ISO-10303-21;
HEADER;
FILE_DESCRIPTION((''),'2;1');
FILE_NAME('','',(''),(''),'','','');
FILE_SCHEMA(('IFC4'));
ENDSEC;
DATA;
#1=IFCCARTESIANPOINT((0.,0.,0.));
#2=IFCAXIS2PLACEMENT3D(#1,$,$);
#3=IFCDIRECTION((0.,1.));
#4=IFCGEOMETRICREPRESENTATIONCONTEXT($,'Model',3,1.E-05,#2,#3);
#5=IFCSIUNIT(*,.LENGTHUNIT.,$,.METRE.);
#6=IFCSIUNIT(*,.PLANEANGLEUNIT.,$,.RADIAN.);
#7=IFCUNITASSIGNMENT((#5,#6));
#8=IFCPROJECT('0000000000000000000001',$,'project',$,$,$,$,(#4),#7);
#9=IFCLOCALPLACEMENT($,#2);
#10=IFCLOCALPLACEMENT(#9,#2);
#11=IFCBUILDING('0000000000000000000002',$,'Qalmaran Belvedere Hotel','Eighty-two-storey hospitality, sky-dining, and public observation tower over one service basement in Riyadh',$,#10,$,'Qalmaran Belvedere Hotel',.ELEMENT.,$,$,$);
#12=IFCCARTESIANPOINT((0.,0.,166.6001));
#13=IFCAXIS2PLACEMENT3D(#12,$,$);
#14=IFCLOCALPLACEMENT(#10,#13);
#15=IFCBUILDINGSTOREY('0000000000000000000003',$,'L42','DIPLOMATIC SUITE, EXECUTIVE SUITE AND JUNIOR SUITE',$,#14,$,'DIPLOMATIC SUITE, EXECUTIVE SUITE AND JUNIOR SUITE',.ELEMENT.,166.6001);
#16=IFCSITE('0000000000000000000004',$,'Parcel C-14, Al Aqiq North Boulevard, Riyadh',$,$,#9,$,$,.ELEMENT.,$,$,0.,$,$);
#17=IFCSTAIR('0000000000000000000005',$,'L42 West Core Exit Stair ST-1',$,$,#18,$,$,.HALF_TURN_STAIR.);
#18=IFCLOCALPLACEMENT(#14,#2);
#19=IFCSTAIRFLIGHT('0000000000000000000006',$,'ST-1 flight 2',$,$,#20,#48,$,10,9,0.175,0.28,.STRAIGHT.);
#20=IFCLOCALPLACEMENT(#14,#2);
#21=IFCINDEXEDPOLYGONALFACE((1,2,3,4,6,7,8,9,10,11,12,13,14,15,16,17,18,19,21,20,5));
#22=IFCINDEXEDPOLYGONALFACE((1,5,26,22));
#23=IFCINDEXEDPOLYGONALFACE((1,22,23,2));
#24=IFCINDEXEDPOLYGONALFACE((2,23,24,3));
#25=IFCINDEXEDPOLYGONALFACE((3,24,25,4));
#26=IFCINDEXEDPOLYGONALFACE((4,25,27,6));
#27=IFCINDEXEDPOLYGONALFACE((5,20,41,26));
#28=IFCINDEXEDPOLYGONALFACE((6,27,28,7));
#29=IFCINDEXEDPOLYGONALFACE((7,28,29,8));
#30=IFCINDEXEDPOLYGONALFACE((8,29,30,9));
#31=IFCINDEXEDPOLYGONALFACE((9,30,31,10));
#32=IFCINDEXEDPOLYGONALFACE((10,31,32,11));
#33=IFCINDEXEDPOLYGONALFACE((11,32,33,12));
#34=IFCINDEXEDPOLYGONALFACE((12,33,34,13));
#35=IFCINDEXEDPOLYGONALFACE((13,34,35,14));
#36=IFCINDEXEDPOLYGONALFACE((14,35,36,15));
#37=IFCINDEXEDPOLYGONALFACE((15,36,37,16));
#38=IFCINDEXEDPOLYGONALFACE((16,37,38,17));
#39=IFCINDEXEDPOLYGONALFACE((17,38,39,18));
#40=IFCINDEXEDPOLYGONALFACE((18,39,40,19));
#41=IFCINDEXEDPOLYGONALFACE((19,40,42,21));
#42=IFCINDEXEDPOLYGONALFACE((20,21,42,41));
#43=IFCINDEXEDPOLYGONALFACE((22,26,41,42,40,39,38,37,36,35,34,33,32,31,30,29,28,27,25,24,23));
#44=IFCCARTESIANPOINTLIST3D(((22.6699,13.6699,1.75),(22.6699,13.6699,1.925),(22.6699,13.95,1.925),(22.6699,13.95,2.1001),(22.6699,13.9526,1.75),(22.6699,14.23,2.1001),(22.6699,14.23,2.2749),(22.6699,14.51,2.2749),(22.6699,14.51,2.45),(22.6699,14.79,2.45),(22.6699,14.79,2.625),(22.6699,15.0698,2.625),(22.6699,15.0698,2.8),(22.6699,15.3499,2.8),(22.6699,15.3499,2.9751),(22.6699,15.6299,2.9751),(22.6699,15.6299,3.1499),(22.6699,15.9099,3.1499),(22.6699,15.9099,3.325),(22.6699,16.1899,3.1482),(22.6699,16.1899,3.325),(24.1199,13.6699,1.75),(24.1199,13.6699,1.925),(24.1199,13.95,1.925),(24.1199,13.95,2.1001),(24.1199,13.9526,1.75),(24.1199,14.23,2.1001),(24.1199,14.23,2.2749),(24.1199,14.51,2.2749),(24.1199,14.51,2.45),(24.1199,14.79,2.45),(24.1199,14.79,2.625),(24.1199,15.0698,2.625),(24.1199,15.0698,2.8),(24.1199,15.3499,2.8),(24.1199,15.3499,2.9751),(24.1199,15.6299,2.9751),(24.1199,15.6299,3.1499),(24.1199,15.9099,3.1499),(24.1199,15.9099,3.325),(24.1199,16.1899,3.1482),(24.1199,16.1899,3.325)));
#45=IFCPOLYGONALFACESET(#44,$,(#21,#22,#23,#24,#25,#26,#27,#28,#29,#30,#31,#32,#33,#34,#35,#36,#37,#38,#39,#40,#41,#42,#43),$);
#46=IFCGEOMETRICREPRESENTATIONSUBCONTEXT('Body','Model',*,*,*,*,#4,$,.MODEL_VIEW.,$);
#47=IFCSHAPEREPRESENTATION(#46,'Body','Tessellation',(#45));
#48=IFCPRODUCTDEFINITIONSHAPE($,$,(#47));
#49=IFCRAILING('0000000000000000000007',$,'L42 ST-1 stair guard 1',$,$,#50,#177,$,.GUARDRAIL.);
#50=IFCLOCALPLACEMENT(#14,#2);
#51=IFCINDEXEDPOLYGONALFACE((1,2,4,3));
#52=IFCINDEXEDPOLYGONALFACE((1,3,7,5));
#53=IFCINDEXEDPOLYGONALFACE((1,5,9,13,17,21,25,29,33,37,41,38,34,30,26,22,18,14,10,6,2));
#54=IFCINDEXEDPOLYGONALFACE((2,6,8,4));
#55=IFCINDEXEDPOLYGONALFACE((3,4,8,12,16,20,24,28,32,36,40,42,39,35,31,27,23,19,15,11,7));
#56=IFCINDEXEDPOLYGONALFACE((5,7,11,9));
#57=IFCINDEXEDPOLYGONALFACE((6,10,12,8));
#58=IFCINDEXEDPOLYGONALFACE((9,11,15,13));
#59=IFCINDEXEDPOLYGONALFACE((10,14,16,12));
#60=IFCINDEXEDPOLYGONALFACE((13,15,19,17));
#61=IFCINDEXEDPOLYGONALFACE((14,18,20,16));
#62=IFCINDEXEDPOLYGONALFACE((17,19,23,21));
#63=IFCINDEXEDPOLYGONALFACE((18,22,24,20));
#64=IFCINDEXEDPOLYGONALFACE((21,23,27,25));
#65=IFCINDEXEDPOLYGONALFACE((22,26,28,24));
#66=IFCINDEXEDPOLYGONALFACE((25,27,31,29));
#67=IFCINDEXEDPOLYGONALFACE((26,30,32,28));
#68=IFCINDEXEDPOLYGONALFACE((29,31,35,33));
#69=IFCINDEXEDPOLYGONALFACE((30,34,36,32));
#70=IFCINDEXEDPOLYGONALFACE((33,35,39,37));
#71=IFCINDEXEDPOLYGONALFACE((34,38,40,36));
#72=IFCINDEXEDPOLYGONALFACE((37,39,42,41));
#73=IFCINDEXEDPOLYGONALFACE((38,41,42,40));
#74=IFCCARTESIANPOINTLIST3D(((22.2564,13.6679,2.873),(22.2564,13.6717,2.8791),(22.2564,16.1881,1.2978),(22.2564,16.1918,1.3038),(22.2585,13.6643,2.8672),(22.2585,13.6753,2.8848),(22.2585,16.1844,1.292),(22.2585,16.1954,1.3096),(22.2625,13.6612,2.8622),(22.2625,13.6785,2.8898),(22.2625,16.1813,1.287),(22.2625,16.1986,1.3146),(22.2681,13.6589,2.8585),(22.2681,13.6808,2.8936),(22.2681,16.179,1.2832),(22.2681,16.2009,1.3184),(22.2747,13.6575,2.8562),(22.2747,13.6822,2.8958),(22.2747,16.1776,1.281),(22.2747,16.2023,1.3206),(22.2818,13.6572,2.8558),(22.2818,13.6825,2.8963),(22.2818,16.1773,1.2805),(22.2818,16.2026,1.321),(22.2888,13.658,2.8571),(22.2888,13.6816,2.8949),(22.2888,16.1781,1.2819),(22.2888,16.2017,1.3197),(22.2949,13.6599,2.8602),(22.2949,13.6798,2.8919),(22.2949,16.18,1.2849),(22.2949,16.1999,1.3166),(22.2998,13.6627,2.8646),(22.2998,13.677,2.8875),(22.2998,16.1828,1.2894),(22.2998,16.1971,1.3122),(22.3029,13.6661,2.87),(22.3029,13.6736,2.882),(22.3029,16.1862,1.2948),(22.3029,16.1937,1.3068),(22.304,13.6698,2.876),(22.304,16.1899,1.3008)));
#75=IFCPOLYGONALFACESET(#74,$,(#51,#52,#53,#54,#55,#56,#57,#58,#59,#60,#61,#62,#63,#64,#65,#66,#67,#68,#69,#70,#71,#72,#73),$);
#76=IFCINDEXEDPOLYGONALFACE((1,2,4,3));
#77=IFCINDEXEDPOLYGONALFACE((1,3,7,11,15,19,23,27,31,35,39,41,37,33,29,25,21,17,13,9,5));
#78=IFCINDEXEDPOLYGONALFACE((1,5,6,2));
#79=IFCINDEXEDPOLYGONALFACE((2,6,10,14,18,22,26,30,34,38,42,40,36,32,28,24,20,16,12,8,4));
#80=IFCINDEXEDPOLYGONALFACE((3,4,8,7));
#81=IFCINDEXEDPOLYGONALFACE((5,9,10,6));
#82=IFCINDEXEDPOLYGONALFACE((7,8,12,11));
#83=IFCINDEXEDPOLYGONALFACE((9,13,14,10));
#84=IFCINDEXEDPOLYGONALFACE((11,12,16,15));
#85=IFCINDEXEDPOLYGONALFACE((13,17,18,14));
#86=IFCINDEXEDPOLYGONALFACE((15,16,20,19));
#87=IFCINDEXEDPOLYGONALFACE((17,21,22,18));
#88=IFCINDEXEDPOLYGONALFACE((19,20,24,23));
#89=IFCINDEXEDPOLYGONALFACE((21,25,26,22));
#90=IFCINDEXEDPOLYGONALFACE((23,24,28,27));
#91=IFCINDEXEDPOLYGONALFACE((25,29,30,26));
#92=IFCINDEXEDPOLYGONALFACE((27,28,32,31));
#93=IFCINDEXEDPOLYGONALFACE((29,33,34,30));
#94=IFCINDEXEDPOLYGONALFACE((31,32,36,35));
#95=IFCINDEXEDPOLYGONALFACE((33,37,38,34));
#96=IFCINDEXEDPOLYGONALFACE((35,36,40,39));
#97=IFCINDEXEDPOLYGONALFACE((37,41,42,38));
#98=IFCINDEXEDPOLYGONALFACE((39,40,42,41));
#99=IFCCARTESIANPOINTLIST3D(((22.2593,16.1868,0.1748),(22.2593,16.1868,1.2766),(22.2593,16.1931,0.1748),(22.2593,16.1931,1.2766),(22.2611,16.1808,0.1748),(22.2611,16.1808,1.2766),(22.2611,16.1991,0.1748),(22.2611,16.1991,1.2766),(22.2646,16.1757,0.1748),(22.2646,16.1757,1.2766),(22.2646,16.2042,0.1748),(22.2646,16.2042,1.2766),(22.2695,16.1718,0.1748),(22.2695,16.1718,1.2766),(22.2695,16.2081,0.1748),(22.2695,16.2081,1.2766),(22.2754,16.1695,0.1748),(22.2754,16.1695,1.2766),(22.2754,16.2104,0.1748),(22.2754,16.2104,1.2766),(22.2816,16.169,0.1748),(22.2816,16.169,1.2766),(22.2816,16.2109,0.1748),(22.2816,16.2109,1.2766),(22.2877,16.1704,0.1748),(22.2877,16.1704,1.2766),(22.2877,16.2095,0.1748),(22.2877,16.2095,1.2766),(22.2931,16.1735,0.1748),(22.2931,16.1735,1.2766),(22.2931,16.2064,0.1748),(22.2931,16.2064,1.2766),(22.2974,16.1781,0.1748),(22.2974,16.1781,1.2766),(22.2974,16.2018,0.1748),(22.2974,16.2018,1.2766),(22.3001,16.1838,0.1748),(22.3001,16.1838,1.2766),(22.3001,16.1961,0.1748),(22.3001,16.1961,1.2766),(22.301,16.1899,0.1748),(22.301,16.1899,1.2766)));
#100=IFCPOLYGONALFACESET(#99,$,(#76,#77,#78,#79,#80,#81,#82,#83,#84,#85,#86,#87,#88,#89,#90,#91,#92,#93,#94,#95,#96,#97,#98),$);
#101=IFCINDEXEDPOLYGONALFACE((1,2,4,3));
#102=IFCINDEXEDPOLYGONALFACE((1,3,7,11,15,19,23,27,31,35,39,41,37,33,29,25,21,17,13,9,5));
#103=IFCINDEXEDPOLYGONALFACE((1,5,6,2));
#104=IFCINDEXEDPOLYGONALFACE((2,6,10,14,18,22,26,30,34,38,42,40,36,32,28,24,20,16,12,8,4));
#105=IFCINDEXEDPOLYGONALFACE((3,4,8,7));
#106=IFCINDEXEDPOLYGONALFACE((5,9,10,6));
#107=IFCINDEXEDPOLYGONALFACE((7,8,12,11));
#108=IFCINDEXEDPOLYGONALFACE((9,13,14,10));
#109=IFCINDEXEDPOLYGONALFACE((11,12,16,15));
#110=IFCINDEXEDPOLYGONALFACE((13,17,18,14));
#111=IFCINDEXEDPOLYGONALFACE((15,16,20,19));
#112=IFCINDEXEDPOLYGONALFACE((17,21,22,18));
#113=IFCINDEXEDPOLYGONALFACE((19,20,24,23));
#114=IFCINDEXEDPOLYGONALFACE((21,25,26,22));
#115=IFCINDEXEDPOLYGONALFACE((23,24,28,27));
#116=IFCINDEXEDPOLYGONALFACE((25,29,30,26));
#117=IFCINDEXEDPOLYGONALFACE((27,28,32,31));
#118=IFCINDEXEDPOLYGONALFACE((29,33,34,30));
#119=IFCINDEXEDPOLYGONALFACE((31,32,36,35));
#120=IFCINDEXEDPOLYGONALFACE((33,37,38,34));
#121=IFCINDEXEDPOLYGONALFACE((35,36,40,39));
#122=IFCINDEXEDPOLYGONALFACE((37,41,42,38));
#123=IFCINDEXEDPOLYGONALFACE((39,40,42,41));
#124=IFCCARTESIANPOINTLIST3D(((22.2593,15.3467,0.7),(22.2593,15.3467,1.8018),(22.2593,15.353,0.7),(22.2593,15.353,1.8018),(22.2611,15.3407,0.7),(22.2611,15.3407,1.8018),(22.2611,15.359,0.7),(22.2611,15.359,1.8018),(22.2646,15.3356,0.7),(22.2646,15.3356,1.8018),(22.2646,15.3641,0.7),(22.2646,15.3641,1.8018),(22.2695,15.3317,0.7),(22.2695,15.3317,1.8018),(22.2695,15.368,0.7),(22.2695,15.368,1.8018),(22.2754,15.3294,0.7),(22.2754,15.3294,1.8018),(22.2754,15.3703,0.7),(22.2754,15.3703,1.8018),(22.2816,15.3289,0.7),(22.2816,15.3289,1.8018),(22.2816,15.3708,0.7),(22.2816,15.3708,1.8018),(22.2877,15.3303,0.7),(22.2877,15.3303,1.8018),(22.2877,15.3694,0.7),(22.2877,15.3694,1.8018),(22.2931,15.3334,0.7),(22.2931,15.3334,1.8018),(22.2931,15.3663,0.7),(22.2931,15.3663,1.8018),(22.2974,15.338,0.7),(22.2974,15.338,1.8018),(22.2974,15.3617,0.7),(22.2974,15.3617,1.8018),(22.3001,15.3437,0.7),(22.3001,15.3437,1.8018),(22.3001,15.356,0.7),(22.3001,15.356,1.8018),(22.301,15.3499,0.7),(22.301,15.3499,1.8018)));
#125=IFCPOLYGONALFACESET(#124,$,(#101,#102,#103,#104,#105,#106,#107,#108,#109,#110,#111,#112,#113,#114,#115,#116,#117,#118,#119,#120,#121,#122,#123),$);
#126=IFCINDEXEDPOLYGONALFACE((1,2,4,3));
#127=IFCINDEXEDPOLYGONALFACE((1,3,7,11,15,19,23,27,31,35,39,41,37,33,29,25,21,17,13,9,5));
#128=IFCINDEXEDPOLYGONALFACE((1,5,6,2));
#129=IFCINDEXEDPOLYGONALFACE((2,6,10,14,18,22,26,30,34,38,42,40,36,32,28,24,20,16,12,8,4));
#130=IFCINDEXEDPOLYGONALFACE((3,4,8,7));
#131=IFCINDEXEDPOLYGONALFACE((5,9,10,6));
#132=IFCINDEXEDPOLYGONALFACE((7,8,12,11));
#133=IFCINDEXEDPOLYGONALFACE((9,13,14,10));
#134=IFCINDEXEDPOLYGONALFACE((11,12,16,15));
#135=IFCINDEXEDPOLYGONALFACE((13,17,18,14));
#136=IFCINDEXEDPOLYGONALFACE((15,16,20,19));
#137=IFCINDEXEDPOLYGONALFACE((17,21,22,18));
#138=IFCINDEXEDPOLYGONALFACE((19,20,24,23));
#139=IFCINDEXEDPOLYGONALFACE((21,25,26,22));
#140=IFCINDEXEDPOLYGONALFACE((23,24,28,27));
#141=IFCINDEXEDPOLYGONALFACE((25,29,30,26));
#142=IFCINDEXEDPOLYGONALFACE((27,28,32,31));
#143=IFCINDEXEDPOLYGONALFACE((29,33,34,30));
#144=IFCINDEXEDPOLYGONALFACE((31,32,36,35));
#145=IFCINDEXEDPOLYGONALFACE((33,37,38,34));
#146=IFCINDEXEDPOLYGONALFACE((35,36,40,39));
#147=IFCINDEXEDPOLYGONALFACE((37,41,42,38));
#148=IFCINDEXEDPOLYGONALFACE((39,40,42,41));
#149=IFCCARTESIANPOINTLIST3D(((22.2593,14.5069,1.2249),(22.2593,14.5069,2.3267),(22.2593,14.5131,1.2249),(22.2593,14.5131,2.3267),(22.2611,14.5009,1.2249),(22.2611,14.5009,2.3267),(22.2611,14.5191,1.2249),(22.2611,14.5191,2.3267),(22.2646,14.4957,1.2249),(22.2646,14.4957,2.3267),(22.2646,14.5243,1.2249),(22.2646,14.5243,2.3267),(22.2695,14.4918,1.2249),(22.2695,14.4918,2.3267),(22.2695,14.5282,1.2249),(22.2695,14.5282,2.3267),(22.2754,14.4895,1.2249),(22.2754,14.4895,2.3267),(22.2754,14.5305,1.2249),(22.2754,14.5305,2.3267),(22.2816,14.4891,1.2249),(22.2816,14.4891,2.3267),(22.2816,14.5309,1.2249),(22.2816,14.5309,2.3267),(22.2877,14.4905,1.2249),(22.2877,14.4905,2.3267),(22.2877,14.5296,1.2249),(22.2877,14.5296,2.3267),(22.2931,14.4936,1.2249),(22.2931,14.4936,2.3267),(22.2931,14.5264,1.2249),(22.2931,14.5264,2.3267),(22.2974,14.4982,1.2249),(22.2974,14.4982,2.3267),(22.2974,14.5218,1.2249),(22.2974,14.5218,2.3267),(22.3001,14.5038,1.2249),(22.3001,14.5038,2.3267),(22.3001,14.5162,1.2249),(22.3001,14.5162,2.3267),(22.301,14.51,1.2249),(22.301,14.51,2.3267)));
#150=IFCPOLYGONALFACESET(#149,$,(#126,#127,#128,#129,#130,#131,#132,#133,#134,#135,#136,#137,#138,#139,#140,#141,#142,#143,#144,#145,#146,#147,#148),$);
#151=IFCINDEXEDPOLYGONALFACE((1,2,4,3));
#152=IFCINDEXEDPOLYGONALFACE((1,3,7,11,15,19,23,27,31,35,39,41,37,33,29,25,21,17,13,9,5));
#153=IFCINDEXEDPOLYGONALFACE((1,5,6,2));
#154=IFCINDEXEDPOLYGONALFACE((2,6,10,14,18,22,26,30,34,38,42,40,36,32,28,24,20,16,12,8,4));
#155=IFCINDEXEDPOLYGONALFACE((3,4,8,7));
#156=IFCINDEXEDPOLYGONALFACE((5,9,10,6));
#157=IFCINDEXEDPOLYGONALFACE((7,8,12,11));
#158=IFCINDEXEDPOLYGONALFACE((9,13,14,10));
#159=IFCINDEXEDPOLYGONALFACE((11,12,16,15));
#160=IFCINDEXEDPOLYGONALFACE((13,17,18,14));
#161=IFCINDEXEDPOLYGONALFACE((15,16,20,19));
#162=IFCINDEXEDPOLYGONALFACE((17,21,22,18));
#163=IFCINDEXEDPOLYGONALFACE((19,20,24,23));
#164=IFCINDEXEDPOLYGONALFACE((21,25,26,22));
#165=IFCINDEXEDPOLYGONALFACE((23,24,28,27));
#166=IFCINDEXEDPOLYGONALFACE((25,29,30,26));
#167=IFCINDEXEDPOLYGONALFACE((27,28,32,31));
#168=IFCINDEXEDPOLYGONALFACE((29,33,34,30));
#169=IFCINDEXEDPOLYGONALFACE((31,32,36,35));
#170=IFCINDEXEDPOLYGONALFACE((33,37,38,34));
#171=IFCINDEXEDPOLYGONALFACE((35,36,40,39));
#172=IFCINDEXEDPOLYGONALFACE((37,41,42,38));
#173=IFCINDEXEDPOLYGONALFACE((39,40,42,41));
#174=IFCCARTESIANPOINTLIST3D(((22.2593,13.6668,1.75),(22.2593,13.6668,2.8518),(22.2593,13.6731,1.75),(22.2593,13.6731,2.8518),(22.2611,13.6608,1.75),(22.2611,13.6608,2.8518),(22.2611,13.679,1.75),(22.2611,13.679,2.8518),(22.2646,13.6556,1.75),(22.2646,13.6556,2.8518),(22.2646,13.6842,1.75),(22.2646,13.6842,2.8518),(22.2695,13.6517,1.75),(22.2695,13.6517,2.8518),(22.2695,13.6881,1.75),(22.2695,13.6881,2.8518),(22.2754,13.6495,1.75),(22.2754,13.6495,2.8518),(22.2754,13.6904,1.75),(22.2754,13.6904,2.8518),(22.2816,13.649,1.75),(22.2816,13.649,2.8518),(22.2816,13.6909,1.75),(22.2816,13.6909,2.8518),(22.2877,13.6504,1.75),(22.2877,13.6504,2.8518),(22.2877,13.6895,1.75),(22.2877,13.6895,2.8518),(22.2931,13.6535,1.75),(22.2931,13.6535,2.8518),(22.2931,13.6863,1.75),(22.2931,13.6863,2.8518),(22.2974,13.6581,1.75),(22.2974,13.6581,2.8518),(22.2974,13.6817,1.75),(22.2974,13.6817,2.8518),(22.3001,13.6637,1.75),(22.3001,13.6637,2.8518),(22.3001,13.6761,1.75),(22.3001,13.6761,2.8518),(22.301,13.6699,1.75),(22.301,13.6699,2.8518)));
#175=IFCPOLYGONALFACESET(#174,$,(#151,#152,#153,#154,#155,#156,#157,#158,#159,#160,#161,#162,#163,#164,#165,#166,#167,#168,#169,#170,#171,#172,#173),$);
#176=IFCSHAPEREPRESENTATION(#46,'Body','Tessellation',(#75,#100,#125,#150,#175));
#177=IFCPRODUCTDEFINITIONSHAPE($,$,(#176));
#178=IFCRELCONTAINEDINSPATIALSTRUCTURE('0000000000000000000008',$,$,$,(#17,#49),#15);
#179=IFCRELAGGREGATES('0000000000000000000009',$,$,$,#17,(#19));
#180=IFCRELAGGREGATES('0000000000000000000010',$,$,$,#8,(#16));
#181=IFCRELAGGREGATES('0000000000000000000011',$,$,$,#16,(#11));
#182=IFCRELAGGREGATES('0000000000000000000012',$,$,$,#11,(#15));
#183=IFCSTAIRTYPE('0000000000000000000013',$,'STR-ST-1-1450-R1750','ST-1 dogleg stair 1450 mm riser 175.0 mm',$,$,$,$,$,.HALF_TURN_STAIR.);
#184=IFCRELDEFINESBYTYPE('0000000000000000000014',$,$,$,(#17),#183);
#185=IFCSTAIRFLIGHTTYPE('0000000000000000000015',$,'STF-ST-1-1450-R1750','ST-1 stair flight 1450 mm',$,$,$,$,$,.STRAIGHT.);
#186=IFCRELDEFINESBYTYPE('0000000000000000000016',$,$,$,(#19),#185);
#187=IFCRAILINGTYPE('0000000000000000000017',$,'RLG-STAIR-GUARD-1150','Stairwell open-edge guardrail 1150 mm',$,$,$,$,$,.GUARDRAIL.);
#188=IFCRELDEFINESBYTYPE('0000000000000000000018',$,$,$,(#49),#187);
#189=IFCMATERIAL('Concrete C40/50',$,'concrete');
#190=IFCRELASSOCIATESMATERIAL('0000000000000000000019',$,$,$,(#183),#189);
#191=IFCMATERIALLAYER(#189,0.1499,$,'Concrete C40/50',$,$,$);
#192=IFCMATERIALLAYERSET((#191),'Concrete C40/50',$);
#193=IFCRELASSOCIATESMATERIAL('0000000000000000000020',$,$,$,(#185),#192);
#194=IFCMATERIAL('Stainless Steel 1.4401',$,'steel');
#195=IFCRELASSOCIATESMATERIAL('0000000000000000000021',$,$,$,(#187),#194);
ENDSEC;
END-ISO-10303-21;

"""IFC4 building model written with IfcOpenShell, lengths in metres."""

from ifc_helpers import new_model, si_unit, direction, frame, origin, origin_2d, place, context, subcontext, project, spatial, polyline, circle, outline, extrude, material, layer, layer_set, type_object, element, aggregate, save


model = new_model("IFC4")

# Units and contexts
model_context = context("Model", 3, precision=1e-05, world=origin(), true_north=direction((0.0, 1.0)))
body_context = subcontext(model_context, "Body", "Model", "MODEL_VIEW")
ifc_project = project(units=[si_unit("LENGTHUNIT", "METRE"), si_unit("PLANEANGLEUNIT", "RADIAN")], contexts=[model_context])

# Site, building, storey
site_placement = place(None, origin())
site = spatial("IfcSite", under=ifc_project, at=site_placement, Name="Parcel C-14, Al Aqiq North Boulevard, Riyadh", CompositionType="ELEMENT", RefElevation=0.0)
building_placement = place(site_placement, origin())
building = spatial("IfcBuilding", under=site, at=building_placement, Name="Qalmaran Belvedere Hotel", Description="Eighty-two-storey hospitality, sky-dining, and public observation tower over one service basement in Riyadh", LongName="Qalmaran Belvedere Hotel", CompositionType="ELEMENT")
storey_placement = place(building_placement, frame((0.0, 0.0, 166.6001)))
storey = spatial("IfcBuildingStorey", under=building, at=storey_placement, Name="L42", Description="DIPLOMATIC SUITE, EXECUTIVE SUITE AND JUNIOR SUITE", LongName="DIPLOMATIC SUITE, EXECUTIVE SUITE AND JUNIOR SUITE", CompositionType="ELEMENT", Elevation=166.6001)

# Shared definitions
ifc_material_1 = material(Name="Stainless Steel 1.4401", Category="steel")

# Stair, stair flight
ifc_material_2 = material(Name="Concrete C40/50", Category="concrete")
stair_type = type_object("IfcStairType", Name="STR-ST-1-1450-R1750", Description="ST-1 dogleg stair 1450 mm riser 175.0 mm", PredefinedType="HALF_TURN_STAIR", material=ifc_material_2)
stair_placement = place(storey_placement, origin())
stair = element("IfcStair", 1, at=stair_placement, inside=storey, type_object=stair_type, Name="L42 West Core Exit Stair ST-1", PredefinedType="HALF_TURN_STAIR")
ifc_layer_1 = layer(ifc_material_2, 0.1499, Name="Concrete C40/50")
ifc_layer_set_1 = layer_set([ifc_layer_1], Name="Concrete C40/50")
stair_flight_type = type_object("IfcStairFlightType", Name="STF-ST-1-1450-R1750", Description="ST-1 stair flight 1450 mm", PredefinedType="STRAIGHT", material=ifc_layer_set_1)
stair_flight_1_placement = place(storey_placement, frame((23.395, 13.6699, 1.75), z_axis=(0.0, 0.0, 1.0), x_axis=(0.0, 1.0, 0.0)))
stair_flight_1 = element("IfcStairFlight", 2, at=stair_flight_1_placement, type_object=stair_flight_type, Name="ST-1 flight 2", NumberOfRisers=10, NumberOfTreads=9, PredefinedType="STRAIGHT", RiserHeight=0.175, TreadLength=0.28, context=body_context, shape_type="SweptSolid", body=[
    extrude(outline(polyline([(0.0, 0.0), (0.0, 0.175), (0.28, 0.175), (0.28, 0.3501), (0.5601, 0.3501), (0.5601, 0.5249), (0.8401, 0.5249), (0.8401, 0.7), (1.1201, 0.7), (1.1201, 0.875), (1.3999, 0.875), (1.3999, 1.05), (1.6799, 1.05), (1.6799, 1.2251), (1.96, 1.2251), (1.96, 1.3999), (2.24, 1.3999), (2.24, 1.575), (2.52, 1.575), (2.52, 1.75), (2.52, 1.3982), (0.2827, 0.0), (0.0, 0.0)])), frame((0.0, 0.7251, 0.0), z_axis=(0.0, -1.0, 0.0), x_axis=(1.0, 0.0, 0.0)), (0.0, 0.0, 1.0), 1.45),
])
aggregate(stair, [stair_flight_1])

# Railing
railing_type_1 = type_object("IfcRailingType", Name="RLG-STAIR-GUARD-1150", Description="Stairwell open-edge guardrail 1150 mm", PredefinedType="GUARDRAIL", material=ifc_material_1)
railing_1_placement = place(storey_placement, frame((22.28, 16.1899, 0.1748)))
element("IfcRailing", 3, at=railing_1_placement, inside=storey, type_object=railing_type_1, Name="L42 ST-1 stair guard 1", PredefinedType="GUARDRAIL", context=body_context, shape_type="SweptSolid", body=[
    extrude(circle(Radius=0.0239, at=origin_2d()), frame((0.0, 0.0, 1.126), z_axis=(0.0, -0.847971, 0.530043), x_axis=(1.0, 0.0, 0.0)), (0.0, 0.0, 1.0), 2.9719),
    extrude(circle(Radius=0.021, at=origin_2d()), origin(), (0.0, 0.0, 1.0), 1.1018),
    extrude(circle(Radius=0.021, at=origin_2d()), frame((0.0, -0.8401, 0.5251)), (0.0, 0.0, 1.0), 1.1018),
    extrude(circle(Radius=0.021, at=origin_2d()), frame((0.0, -1.6799, 1.05)), (0.0, 0.0, 1.0), 1.1018),
    extrude(circle(Radius=0.021, at=origin_2d()), frame((0.0, -2.52, 1.5752)), (0.0, 0.0, 1.0), 1.1018),
])

save(model, "model.ifc")
